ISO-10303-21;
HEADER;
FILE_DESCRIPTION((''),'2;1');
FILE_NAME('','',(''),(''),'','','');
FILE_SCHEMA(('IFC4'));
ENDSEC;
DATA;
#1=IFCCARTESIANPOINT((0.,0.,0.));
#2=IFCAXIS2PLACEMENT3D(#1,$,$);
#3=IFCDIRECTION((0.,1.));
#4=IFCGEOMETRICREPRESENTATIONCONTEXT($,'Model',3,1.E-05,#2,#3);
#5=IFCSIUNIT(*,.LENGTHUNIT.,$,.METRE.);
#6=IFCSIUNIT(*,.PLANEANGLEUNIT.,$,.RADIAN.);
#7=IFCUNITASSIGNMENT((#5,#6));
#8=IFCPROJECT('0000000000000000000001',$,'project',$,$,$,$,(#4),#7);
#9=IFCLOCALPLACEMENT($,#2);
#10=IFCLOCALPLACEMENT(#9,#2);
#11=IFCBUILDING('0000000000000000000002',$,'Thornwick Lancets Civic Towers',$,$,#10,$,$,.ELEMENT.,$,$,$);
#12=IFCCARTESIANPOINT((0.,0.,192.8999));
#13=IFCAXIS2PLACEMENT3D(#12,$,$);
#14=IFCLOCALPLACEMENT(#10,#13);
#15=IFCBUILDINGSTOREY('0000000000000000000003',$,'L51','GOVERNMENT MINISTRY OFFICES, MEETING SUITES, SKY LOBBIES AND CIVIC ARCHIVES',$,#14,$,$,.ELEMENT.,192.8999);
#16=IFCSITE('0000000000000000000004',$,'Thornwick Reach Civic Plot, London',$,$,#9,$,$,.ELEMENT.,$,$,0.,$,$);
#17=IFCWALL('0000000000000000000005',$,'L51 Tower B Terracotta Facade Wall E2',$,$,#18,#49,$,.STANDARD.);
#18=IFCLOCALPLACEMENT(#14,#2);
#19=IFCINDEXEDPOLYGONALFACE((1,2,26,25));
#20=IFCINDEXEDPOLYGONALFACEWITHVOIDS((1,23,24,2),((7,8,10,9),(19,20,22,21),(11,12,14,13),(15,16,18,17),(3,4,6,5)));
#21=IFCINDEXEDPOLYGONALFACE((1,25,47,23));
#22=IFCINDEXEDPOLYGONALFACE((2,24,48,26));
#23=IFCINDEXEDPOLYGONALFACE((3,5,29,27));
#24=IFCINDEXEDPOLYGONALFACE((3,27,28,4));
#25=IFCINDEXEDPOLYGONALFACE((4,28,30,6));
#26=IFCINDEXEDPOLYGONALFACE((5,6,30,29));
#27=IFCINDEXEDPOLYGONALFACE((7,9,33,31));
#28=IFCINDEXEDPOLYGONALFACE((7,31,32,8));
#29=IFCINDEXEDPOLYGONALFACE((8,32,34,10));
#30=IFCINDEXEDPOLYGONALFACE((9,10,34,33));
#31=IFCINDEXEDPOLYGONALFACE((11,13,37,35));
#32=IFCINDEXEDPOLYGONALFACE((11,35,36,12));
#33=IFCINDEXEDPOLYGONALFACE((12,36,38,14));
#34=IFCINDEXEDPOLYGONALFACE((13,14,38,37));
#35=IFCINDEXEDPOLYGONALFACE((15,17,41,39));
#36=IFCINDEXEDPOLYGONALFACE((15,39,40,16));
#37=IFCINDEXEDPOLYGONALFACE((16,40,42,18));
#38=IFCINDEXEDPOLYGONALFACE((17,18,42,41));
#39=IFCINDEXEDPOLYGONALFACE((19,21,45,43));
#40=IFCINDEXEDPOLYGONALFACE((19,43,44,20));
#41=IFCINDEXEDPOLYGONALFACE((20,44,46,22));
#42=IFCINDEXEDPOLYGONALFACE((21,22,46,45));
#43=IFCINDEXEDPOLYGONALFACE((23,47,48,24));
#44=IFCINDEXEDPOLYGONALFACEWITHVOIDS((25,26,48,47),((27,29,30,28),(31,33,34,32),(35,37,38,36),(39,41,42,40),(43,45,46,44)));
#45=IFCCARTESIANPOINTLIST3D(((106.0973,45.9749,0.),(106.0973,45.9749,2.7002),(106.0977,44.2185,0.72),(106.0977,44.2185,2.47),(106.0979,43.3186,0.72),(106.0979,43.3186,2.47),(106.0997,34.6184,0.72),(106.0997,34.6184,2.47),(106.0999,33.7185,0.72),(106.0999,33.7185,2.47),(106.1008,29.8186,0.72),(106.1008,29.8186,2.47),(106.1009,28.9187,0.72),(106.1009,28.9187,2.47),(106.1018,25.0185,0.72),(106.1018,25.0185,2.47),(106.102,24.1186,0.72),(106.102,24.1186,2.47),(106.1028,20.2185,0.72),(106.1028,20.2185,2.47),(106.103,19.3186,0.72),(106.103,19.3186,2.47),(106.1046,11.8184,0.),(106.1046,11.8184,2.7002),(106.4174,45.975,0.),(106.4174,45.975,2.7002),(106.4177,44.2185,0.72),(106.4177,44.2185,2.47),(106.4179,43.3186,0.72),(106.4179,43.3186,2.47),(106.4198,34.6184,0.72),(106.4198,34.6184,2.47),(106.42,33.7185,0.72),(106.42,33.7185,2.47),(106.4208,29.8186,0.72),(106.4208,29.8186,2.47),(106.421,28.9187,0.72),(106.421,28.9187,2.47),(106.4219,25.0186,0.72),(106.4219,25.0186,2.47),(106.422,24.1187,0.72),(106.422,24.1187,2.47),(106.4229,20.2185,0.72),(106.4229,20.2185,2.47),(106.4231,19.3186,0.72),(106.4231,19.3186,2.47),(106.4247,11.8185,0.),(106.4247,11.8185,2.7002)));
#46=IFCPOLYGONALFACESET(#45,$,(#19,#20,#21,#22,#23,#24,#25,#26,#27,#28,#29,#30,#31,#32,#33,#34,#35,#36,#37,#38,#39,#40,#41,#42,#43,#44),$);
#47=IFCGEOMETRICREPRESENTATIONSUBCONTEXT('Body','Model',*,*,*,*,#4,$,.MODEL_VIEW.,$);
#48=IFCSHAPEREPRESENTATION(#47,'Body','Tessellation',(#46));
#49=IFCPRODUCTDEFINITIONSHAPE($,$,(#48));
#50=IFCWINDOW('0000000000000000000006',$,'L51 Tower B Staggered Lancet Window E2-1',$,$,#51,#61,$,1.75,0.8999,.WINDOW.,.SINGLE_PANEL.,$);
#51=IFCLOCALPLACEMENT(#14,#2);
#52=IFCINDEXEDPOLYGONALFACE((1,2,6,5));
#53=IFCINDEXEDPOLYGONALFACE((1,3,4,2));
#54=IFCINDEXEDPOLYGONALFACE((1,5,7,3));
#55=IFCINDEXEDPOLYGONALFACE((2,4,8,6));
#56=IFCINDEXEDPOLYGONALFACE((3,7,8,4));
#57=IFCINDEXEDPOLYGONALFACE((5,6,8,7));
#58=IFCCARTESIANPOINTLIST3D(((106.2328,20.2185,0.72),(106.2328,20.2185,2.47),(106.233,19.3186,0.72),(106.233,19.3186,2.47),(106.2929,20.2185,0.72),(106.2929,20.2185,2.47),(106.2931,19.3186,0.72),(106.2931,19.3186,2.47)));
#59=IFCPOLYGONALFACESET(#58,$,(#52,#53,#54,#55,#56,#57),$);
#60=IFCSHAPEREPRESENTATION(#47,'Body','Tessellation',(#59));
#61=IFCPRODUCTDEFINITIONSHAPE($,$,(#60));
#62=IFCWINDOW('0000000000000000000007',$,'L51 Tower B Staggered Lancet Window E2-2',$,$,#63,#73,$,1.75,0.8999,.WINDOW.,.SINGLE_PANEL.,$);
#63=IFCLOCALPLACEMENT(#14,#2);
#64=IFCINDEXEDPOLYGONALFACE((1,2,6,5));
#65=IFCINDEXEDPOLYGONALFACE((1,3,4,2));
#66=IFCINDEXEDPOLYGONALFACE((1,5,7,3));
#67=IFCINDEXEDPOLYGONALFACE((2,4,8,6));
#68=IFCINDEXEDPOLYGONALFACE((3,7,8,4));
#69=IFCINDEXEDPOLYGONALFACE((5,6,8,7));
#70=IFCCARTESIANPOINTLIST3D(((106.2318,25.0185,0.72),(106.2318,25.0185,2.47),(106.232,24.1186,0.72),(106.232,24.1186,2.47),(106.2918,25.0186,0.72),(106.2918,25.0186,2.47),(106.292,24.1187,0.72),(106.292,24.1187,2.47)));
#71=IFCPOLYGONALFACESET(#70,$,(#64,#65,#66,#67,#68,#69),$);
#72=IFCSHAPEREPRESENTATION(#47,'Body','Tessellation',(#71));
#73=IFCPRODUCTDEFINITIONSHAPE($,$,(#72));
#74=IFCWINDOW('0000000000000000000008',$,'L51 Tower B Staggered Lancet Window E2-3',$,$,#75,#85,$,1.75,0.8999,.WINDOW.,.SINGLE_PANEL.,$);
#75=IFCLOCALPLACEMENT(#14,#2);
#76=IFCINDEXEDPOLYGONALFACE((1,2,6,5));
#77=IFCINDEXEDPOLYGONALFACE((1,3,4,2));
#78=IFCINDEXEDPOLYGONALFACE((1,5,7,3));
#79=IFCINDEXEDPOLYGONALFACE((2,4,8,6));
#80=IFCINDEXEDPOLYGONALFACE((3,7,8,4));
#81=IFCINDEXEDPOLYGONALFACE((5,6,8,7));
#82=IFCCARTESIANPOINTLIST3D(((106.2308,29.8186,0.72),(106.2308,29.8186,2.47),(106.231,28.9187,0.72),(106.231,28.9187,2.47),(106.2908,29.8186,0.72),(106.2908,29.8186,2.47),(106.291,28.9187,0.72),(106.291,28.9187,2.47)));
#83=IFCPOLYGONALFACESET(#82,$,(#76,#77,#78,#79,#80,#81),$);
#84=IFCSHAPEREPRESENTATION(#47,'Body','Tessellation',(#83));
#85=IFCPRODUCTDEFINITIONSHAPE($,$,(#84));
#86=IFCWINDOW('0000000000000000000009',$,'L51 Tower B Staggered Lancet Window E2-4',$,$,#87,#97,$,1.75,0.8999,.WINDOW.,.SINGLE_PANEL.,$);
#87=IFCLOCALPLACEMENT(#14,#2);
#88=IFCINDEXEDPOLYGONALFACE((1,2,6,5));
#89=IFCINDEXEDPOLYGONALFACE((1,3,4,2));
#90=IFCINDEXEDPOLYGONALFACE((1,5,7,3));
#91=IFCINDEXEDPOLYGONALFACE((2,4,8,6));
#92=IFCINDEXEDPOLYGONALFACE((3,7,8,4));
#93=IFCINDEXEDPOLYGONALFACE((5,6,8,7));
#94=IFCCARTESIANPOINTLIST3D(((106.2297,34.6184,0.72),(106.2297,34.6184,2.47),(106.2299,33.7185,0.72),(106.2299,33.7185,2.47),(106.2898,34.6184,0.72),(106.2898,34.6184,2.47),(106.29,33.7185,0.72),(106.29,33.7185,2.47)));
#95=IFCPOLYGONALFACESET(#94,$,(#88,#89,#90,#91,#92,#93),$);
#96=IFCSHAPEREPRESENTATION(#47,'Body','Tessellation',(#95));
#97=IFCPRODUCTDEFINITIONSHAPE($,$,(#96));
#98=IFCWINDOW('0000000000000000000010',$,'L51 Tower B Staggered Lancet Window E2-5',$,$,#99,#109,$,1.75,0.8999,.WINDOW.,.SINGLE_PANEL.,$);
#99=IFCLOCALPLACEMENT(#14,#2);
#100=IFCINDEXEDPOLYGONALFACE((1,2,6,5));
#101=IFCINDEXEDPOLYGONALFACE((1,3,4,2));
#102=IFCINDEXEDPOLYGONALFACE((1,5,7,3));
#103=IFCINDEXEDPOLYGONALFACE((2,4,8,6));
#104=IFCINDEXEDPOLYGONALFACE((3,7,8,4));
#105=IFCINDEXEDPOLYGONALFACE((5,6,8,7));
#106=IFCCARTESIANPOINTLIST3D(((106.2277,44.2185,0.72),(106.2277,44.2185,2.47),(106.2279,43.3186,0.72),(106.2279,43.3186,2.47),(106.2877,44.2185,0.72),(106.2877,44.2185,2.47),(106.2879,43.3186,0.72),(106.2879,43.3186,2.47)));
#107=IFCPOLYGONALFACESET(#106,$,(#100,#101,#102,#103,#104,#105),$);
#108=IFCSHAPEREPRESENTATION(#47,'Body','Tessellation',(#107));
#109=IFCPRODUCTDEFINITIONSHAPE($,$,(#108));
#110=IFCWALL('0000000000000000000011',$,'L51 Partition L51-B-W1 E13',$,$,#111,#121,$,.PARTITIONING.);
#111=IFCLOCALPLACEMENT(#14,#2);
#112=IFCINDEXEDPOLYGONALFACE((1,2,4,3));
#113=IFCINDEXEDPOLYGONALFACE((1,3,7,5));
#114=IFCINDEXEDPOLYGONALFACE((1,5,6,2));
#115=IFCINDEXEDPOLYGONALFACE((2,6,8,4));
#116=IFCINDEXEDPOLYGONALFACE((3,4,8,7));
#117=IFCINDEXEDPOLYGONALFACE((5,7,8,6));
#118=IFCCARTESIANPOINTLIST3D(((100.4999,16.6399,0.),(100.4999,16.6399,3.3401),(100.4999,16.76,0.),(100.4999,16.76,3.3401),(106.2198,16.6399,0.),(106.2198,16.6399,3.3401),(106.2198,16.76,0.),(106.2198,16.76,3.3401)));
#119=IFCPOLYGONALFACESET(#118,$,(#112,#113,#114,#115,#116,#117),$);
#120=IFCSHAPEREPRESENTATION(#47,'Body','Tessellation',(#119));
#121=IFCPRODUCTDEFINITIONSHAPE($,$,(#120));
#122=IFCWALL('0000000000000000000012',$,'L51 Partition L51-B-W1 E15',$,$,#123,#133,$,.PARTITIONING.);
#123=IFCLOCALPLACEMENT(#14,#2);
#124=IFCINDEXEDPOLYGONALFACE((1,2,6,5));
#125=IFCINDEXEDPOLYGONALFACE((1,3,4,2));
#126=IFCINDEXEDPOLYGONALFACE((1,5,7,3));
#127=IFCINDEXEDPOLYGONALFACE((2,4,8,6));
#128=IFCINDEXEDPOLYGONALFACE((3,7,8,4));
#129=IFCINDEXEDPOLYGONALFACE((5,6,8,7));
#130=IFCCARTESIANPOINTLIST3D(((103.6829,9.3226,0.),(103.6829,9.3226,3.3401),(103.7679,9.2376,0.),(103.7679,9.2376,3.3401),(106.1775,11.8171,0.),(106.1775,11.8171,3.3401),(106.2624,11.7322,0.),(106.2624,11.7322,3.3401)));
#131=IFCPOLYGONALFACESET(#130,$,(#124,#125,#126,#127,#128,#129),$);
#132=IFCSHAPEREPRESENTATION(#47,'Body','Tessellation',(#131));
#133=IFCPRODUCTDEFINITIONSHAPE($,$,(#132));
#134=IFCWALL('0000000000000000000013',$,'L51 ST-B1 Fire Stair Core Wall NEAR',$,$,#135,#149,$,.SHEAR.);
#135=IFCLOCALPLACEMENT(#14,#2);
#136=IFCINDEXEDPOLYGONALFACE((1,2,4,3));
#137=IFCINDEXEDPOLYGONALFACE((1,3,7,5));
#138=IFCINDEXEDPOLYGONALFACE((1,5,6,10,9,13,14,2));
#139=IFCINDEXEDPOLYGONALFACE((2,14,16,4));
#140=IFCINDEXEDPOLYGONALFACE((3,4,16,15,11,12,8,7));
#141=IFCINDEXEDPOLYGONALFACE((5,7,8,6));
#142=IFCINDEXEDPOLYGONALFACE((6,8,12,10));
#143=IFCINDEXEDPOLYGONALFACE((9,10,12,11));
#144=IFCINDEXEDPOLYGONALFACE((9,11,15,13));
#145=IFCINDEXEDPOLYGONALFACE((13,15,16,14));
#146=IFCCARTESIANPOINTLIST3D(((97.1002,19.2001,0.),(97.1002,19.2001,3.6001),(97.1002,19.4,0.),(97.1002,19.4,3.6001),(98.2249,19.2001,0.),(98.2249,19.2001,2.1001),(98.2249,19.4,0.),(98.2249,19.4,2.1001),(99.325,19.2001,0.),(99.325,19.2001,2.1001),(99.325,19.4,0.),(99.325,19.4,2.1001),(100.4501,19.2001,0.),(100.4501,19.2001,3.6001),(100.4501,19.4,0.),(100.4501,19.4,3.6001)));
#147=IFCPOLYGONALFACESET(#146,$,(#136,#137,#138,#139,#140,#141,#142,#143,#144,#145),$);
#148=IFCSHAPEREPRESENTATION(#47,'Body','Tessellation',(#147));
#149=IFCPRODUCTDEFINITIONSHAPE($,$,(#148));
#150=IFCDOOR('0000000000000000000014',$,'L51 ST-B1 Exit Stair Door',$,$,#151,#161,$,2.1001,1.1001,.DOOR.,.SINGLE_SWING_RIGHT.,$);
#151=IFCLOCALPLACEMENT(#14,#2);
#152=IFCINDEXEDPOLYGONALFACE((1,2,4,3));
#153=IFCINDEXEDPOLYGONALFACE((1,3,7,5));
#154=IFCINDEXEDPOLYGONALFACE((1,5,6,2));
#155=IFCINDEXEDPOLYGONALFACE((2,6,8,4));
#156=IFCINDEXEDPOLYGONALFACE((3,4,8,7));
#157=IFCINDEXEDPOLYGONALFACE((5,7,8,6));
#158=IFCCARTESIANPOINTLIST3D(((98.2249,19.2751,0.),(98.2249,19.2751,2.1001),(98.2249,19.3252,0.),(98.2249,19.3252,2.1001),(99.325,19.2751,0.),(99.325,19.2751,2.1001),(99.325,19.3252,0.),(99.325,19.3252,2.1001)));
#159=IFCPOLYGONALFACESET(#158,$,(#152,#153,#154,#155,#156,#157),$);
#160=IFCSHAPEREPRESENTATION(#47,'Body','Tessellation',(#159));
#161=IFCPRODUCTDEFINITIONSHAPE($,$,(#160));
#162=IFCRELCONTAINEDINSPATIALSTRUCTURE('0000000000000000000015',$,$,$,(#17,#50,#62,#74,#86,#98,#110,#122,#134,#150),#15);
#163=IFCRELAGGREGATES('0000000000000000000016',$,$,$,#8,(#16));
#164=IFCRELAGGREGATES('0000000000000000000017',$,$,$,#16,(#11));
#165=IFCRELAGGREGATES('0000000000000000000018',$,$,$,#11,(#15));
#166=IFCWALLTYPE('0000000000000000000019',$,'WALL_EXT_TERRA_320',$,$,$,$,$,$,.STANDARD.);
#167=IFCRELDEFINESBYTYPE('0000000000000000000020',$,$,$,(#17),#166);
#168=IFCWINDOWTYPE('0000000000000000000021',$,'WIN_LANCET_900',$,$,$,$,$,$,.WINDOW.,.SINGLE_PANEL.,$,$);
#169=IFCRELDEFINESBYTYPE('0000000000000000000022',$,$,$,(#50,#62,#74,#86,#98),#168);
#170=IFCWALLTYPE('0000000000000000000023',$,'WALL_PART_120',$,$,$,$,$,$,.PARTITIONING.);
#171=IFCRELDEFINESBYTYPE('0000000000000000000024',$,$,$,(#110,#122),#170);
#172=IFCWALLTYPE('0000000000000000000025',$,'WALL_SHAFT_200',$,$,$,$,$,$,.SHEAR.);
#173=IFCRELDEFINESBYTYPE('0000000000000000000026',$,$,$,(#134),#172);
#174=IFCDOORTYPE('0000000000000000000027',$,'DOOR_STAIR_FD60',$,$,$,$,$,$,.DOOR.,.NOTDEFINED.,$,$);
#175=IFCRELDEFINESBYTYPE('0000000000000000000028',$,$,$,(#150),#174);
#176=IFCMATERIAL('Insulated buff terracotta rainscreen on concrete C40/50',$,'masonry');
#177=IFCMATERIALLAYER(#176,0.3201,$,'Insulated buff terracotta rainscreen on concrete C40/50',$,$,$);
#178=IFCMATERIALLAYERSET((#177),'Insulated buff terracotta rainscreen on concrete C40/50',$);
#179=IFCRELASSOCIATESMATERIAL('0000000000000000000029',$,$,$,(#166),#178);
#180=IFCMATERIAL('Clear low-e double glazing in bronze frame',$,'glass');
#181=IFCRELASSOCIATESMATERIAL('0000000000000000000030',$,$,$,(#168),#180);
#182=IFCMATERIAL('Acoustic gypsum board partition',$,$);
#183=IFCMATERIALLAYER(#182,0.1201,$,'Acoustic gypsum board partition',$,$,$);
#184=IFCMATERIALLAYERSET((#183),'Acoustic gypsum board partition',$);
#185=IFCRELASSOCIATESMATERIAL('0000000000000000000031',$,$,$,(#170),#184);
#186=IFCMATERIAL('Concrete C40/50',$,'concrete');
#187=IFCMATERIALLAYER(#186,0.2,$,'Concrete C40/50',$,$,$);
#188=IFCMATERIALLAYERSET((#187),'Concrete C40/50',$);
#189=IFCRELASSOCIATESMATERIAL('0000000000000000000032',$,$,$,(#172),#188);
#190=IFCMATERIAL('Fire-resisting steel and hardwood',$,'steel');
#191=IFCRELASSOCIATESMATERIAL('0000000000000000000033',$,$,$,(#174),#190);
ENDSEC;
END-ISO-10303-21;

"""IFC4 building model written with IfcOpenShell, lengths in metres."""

from ifc_helpers import new_model, si_unit, direction, frame, frame_2d, origin, place, context, subcontext, project, spatial, rectangle, extrude, material, layer, layer_set, type_object, element, fill, save


model = new_model("IFC4")

# Units and contexts
model_context = context("Model", 3, precision=1e-05, world=origin(), true_north=direction((0.0, 1.0)))
body_context = subcontext(model_context, "Body", "Model", "MODEL_VIEW")
ifc_project = project(units=[si_unit("LENGTHUNIT", "METRE"), si_unit("PLANEANGLEUNIT", "RADIAN")], contexts=[model_context])

# Site, building, storey
site_placement = place(None, origin())
site = spatial("IfcSite", under=ifc_project, at=site_placement, Name="Thornwick Reach Civic Plot, London", CompositionType="ELEMENT", RefElevation=0.0)
building_placement = place(site_placement, origin())
building = spatial("IfcBuilding", under=site, at=building_placement, Name="Thornwick Lancets Civic Towers", CompositionType="ELEMENT")
storey_placement = place(building_placement, frame((0.0, 0.0, 192.8999)))
storey = spatial("IfcBuildingStorey", under=building, at=storey_placement, Name="L51", Description="GOVERNMENT MINISTRY OFFICES, MEETING SUITES, SKY LOBBIES AND CIVIC ARCHIVES", CompositionType="ELEMENT", Elevation=192.8999)

# Shared definitions
ifc_material_1 = material(Name="Concrete C40/50", Category="concrete")

# Wall, openings, windows
ifc_material_2 = material(Name="Insulated buff terracotta rainscreen on concrete C40/50", Category="masonry")
ifc_layer_1 = layer(ifc_material_2, 0.3201, Name="Insulated buff terracotta rainscreen on concrete C40/50")
ifc_layer_set_1 = layer_set([ifc_layer_1], Name="Insulated buff terracotta rainscreen on concrete C40/50")
wall_type_1 = type_object("IfcWallType", Name="WALL_EXT_TERRA_320", PredefinedType="STANDARD", material=ifc_layer_set_1)
wall_1_placement = place(storey_placement, frame((106.2646, 11.8186, 0.0), z_axis=(0.0, 0.0, 1.0), x_axis=(-0.000214, 1.0, 0.0)))
wall_1 = element("IfcWall", 1, at=wall_1_placement, inside=storey, type_object=wall_type_1, Name="L51 Tower B Terracotta Facade Wall E2", PredefinedType="STANDARD", context=body_context, shape_type="SweptSolid", body=[
    extrude(rectangle(XDim=34.1565, YDim=0.3201, at=frame_2d((17.0781, 0.0))), origin(), (0.0, 0.0, 1.0), 2.7002),
])
opening_1_placement = place(wall_1_placement, frame((7.5, 0.0, 0.72)))
opening_1 = element("IfcOpeningElement", 2, at=opening_1_placement, cuts=wall_1, PredefinedType="OPENING", context=body_context, shape_type="SweptSolid", body=[
    extrude(rectangle(XDim=0.8999, YDim=1.75, at=frame_2d((0.45, 0.875))), frame((0.0, 0.1699, 0.0), z_axis=(0.0, -1.0, 0.0), x_axis=(1.0, 0.0, 0.0)), (0.0, 0.0, 1.0), 0.3401),
])
opening_2_placement = place(wall_1_placement, frame((12.3, 0.0, 0.72)))
opening_2 = element("IfcOpeningElement", 3, at=opening_2_placement, cuts=wall_1, PredefinedType="OPENING", context=body_context, shape_type="SweptSolid", body=[
    extrude(rectangle(XDim=0.8999, YDim=1.75, at=frame_2d((0.45, 0.875))), frame((0.0, 0.1699, 0.0), z_axis=(0.0, -1.0, 0.0), x_axis=(1.0, 0.0, 0.0)), (0.0, 0.0, 1.0), 0.3401),
])
opening_3_placement = place(wall_1_placement, frame((17.1001, 0.0, 0.72)))
opening_3 = element("IfcOpeningElement", 4, at=opening_3_placement, cuts=wall_1, PredefinedType="OPENING", context=body_context, shape_type="SweptSolid", body=[
    extrude(rectangle(XDim=0.8999, YDim=1.75, at=frame_2d((0.45, 0.875))), frame((0.0, 0.1699, 0.0), z_axis=(0.0, -1.0, 0.0), x_axis=(1.0, 0.0, 0.0)), (0.0, 0.0, 1.0), 0.3401),
])
opening_4_placement = place(wall_1_placement, frame((21.8999, 0.0, 0.72)))
opening_4 = element("IfcOpeningElement", 5, at=opening_4_placement, cuts=wall_1, PredefinedType="OPENING", context=body_context, shape_type="SweptSolid", body=[
    extrude(rectangle(XDim=0.8999, YDim=1.75, at=frame_2d((0.45, 0.875))), frame((0.0, 0.1699, 0.0), z_axis=(0.0, -1.0, 0.0), x_axis=(1.0, 0.0, 0.0)), (0.0, 0.0, 1.0), 0.3401),
])
opening_5_placement = place(wall_1_placement, frame((31.5, 0.0, 0.72)))
opening_5 = element("IfcOpeningElement", 6, at=opening_5_placement, cuts=wall_1, PredefinedType="OPENING", context=body_context, shape_type="SweptSolid", body=[
    extrude(rectangle(XDim=0.8999, YDim=1.75, at=frame_2d((0.45, 0.875))), frame((0.0, 0.1699, 0.0), z_axis=(0.0, -1.0, 0.0), x_axis=(1.0, 0.0, 0.0)), (0.0, 0.0, 1.0), 0.3401),
])
ifc_material_3 = material(Name="Clear low-e double glazing in bronze frame", Category="glass")
window_type = type_object("IfcWindowType", Name="WIN_LANCET_900", PartitioningType="SINGLE_PANEL", PredefinedType="WINDOW", material=ifc_material_3)
window_1_placement = place(opening_1_placement, origin())
window_1 = element("IfcWindow", 7, at=window_1_placement, inside=storey, type_object=window_type, Name="L51 Tower B Staggered Lancet Window E2-1", OverallHeight=1.75, OverallWidth=0.8999, PartitioningType="SINGLE_PANEL", PredefinedType="WINDOW", context=body_context, shape_type="SweptSolid", body=[
    extrude(rectangle(XDim=0.8999, YDim=1.75, at=frame_2d((0.45, 0.875))), frame((0.0, 0.03, 0.0), z_axis=(0.0, -1.0, 0.0), x_axis=(1.0, 0.0, 0.0)), (0.0, 0.0, 1.0), 0.0601),
])
fill(opening_1, window_1)
window_2_placement = place(opening_2_placement, origin())
window_2 = element("IfcWindow", 8, at=window_2_placement, inside=storey, type_object=window_type, Name="L51 Tower B Staggered Lancet Window E2-2", OverallHeight=1.75, OverallWidth=0.8999, PartitioningType="SINGLE_PANEL", PredefinedType="WINDOW", context=body_context, shape_type="SweptSolid", body=[
    extrude(rectangle(XDim=0.8999, YDim=1.75, at=frame_2d((0.45, 0.875))), frame((0.0, 0.03, 0.0), z_axis=(0.0, -1.0, 0.0), x_axis=(1.0, 0.0, 0.0)), (0.0, 0.0, 1.0), 0.0601),
])
fill(opening_2, window_2)
window_3_placement = place(opening_3_placement, origin())
window_3 = element("IfcWindow", 9, at=window_3_placement, inside=storey, type_object=window_type, Name="L51 Tower B Staggered Lancet Window E2-3", OverallHeight=1.75, OverallWidth=0.8999, PartitioningType="SINGLE_PANEL", PredefinedType="WINDOW", context=body_context, shape_type="SweptSolid", body=[
    extrude(rectangle(XDim=0.8999, YDim=1.75, at=frame_2d((0.45, 0.875))), frame((0.0, 0.03, 0.0), z_axis=(0.0, -1.0, 0.0), x_axis=(1.0, 0.0, 0.0)), (0.0, 0.0, 1.0), 0.0601),
])
fill(opening_3, window_3)
window_4_placement = place(opening_4_placement, origin())
window_4 = element("IfcWindow", 10, at=window_4_placement, inside=storey, type_object=window_type, Name="L51 Tower B Staggered Lancet Window E2-4", OverallHeight=1.75, OverallWidth=0.8999, PartitioningType="SINGLE_PANEL", PredefinedType="WINDOW", context=body_context, shape_type="SweptSolid", body=[
    extrude(rectangle(XDim=0.8999, YDim=1.75, at=frame_2d((0.45, 0.875))), frame((0.0, 0.03, 0.0), z_axis=(0.0, -1.0, 0.0), x_axis=(1.0, 0.0, 0.0)), (0.0, 0.0, 1.0), 0.0601),
])
fill(opening_4, window_4)
window_5_placement = place(opening_5_placement, origin())
window_5 = element("IfcWindow", 11, at=window_5_placement, inside=storey, type_object=window_type, Name="L51 Tower B Staggered Lancet Window E2-5", OverallHeight=1.75, OverallWidth=0.8999, PartitioningType="SINGLE_PANEL", PredefinedType="WINDOW", context=body_context, shape_type="SweptSolid", body=[
    extrude(rectangle(XDim=0.8999, YDim=1.75, at=frame_2d((0.45, 0.875))), frame((0.0, 0.03, 0.0), z_axis=(0.0, -1.0, 0.0), x_axis=(1.0, 0.0, 0.0)), (0.0, 0.0, 1.0), 0.0601),
])
fill(opening_5, window_5)

# Walls
ifc_material_4 = material(Name="Acoustic gypsum board partition")
ifc_layer_2 = layer(ifc_material_4, 0.1201, Name="Acoustic gypsum board partition")
ifc_layer_set_2 = layer_set([ifc_layer_2], Name="Acoustic gypsum board partition")
wall_type_2 = type_object("IfcWallType", Name="WALL_PART_120", PredefinedType="PARTITIONING", material=ifc_layer_set_2)
wall_2_placement = place(storey_placement, frame((100.5, 16.7, 0.0), z_axis=(0.0, 0.0, 1.0), x_axis=(1.0, 0.0, 0.0)))
element("IfcWall", 12, at=wall_2_placement, inside=storey, type_object=wall_type_2, Name="L51 Partition L51-B-W1 E13", PredefinedType="PARTITIONING", context=body_context, shape_type="SweptSolid", body=[
    extrude(rectangle(XDim=5.72, YDim=0.1201, at=frame_2d((2.8599, 0.0))), origin(), (0.0, 0.0, 1.0), 3.3401),
])
wall_3_placement = place(storey_placement, frame((106.22, 11.7747, 0.0), z_axis=(0.0, 0.0, 1.0), x_axis=(-0.707107, -0.707107, 0.0)))
element("IfcWall", 13, at=wall_3_placement, inside=storey, type_object=wall_type_2, Name="L51 Partition L51-B-W1 E15", PredefinedType="PARTITIONING", context=body_context, shape_type="SweptSolid", body=[
    extrude(rectangle(XDim=3.5278, YDim=0.1201, at=frame_2d((1.7639, 0.0))), origin(), (0.0, 0.0, 1.0), 3.3401),
])

# Wall, opening, door
ifc_layer_3 = layer(ifc_material_1, 0.2, Name="Concrete C40/50")
ifc_layer_set_3 = layer_set([ifc_layer_3], Name="Concrete C40/50")
wall_type_3 = type_object("IfcWallType", Name="WALL_SHAFT_200", PredefinedType="SHEAR", material=ifc_layer_set_3)
wall_4_placement = place(storey_placement, frame((100.45, 19.3, 0.0), z_axis=(0.0, 0.0, 1.0), x_axis=(-1.0, 0.0, 0.0)))
wall_4 = element("IfcWall", 14, at=wall_4_placement, inside=storey, type_object=wall_type_3, Name="L51 ST-B1 Fire Stair Core Wall NEAR", PredefinedType="SHEAR", context=body_context, shape_type="SweptSolid", body=[
    extrude(rectangle(XDim=3.3499, YDim=0.2, at=frame_2d((1.6748, 0.0))), origin(), (0.0, 0.0, 1.0), 3.6001),
])
opening_6_placement = place(wall_4_placement, frame((1.125, 0.0, 0.0)))
opening_6 = element("IfcOpeningElement", 15, at=opening_6_placement, cuts=wall_4, PredefinedType="OPENING", context=body_context, shape_type="SweptSolid", body=[
    extrude(rectangle(XDim=1.1001, YDim=2.1001, at=frame_2d((0.55, 1.05))), frame((0.0, 0.1099, 0.0), z_axis=(0.0, -1.0, 0.0), x_axis=(1.0, 0.0, 0.0)), (0.0, 0.0, 1.0), 0.22),
])
ifc_material_5 = material(Name="Fire-resisting steel and hardwood", Category="steel")
door_type = type_object("IfcDoorType", Name="DOOR_STAIR_FD60", OperationType="NOTDEFINED", PredefinedType="DOOR", material=ifc_material_5)
door_placement = place(opening_6_placement, origin())
door = element("IfcDoor", 16, at=door_placement, inside=storey, type_object=door_type, Name="L51 ST-B1 Exit Stair Door", OperationType="SINGLE_SWING_RIGHT", OverallHeight=2.1001, OverallWidth=1.1001, PredefinedType="DOOR", context=body_context, shape_type="SweptSolid", body=[
    extrude(rectangle(XDim=1.1001, YDim=2.1001, at=frame_2d((0.55, 1.05))), frame((0.0, 0.0249, 0.0), z_axis=(0.0, -1.0, 0.0), x_axis=(1.0, 0.0, 0.0)), (0.0, 0.0, 1.0), 0.05),
])
fill(opening_6, door)

save(model, "model.ifc")
